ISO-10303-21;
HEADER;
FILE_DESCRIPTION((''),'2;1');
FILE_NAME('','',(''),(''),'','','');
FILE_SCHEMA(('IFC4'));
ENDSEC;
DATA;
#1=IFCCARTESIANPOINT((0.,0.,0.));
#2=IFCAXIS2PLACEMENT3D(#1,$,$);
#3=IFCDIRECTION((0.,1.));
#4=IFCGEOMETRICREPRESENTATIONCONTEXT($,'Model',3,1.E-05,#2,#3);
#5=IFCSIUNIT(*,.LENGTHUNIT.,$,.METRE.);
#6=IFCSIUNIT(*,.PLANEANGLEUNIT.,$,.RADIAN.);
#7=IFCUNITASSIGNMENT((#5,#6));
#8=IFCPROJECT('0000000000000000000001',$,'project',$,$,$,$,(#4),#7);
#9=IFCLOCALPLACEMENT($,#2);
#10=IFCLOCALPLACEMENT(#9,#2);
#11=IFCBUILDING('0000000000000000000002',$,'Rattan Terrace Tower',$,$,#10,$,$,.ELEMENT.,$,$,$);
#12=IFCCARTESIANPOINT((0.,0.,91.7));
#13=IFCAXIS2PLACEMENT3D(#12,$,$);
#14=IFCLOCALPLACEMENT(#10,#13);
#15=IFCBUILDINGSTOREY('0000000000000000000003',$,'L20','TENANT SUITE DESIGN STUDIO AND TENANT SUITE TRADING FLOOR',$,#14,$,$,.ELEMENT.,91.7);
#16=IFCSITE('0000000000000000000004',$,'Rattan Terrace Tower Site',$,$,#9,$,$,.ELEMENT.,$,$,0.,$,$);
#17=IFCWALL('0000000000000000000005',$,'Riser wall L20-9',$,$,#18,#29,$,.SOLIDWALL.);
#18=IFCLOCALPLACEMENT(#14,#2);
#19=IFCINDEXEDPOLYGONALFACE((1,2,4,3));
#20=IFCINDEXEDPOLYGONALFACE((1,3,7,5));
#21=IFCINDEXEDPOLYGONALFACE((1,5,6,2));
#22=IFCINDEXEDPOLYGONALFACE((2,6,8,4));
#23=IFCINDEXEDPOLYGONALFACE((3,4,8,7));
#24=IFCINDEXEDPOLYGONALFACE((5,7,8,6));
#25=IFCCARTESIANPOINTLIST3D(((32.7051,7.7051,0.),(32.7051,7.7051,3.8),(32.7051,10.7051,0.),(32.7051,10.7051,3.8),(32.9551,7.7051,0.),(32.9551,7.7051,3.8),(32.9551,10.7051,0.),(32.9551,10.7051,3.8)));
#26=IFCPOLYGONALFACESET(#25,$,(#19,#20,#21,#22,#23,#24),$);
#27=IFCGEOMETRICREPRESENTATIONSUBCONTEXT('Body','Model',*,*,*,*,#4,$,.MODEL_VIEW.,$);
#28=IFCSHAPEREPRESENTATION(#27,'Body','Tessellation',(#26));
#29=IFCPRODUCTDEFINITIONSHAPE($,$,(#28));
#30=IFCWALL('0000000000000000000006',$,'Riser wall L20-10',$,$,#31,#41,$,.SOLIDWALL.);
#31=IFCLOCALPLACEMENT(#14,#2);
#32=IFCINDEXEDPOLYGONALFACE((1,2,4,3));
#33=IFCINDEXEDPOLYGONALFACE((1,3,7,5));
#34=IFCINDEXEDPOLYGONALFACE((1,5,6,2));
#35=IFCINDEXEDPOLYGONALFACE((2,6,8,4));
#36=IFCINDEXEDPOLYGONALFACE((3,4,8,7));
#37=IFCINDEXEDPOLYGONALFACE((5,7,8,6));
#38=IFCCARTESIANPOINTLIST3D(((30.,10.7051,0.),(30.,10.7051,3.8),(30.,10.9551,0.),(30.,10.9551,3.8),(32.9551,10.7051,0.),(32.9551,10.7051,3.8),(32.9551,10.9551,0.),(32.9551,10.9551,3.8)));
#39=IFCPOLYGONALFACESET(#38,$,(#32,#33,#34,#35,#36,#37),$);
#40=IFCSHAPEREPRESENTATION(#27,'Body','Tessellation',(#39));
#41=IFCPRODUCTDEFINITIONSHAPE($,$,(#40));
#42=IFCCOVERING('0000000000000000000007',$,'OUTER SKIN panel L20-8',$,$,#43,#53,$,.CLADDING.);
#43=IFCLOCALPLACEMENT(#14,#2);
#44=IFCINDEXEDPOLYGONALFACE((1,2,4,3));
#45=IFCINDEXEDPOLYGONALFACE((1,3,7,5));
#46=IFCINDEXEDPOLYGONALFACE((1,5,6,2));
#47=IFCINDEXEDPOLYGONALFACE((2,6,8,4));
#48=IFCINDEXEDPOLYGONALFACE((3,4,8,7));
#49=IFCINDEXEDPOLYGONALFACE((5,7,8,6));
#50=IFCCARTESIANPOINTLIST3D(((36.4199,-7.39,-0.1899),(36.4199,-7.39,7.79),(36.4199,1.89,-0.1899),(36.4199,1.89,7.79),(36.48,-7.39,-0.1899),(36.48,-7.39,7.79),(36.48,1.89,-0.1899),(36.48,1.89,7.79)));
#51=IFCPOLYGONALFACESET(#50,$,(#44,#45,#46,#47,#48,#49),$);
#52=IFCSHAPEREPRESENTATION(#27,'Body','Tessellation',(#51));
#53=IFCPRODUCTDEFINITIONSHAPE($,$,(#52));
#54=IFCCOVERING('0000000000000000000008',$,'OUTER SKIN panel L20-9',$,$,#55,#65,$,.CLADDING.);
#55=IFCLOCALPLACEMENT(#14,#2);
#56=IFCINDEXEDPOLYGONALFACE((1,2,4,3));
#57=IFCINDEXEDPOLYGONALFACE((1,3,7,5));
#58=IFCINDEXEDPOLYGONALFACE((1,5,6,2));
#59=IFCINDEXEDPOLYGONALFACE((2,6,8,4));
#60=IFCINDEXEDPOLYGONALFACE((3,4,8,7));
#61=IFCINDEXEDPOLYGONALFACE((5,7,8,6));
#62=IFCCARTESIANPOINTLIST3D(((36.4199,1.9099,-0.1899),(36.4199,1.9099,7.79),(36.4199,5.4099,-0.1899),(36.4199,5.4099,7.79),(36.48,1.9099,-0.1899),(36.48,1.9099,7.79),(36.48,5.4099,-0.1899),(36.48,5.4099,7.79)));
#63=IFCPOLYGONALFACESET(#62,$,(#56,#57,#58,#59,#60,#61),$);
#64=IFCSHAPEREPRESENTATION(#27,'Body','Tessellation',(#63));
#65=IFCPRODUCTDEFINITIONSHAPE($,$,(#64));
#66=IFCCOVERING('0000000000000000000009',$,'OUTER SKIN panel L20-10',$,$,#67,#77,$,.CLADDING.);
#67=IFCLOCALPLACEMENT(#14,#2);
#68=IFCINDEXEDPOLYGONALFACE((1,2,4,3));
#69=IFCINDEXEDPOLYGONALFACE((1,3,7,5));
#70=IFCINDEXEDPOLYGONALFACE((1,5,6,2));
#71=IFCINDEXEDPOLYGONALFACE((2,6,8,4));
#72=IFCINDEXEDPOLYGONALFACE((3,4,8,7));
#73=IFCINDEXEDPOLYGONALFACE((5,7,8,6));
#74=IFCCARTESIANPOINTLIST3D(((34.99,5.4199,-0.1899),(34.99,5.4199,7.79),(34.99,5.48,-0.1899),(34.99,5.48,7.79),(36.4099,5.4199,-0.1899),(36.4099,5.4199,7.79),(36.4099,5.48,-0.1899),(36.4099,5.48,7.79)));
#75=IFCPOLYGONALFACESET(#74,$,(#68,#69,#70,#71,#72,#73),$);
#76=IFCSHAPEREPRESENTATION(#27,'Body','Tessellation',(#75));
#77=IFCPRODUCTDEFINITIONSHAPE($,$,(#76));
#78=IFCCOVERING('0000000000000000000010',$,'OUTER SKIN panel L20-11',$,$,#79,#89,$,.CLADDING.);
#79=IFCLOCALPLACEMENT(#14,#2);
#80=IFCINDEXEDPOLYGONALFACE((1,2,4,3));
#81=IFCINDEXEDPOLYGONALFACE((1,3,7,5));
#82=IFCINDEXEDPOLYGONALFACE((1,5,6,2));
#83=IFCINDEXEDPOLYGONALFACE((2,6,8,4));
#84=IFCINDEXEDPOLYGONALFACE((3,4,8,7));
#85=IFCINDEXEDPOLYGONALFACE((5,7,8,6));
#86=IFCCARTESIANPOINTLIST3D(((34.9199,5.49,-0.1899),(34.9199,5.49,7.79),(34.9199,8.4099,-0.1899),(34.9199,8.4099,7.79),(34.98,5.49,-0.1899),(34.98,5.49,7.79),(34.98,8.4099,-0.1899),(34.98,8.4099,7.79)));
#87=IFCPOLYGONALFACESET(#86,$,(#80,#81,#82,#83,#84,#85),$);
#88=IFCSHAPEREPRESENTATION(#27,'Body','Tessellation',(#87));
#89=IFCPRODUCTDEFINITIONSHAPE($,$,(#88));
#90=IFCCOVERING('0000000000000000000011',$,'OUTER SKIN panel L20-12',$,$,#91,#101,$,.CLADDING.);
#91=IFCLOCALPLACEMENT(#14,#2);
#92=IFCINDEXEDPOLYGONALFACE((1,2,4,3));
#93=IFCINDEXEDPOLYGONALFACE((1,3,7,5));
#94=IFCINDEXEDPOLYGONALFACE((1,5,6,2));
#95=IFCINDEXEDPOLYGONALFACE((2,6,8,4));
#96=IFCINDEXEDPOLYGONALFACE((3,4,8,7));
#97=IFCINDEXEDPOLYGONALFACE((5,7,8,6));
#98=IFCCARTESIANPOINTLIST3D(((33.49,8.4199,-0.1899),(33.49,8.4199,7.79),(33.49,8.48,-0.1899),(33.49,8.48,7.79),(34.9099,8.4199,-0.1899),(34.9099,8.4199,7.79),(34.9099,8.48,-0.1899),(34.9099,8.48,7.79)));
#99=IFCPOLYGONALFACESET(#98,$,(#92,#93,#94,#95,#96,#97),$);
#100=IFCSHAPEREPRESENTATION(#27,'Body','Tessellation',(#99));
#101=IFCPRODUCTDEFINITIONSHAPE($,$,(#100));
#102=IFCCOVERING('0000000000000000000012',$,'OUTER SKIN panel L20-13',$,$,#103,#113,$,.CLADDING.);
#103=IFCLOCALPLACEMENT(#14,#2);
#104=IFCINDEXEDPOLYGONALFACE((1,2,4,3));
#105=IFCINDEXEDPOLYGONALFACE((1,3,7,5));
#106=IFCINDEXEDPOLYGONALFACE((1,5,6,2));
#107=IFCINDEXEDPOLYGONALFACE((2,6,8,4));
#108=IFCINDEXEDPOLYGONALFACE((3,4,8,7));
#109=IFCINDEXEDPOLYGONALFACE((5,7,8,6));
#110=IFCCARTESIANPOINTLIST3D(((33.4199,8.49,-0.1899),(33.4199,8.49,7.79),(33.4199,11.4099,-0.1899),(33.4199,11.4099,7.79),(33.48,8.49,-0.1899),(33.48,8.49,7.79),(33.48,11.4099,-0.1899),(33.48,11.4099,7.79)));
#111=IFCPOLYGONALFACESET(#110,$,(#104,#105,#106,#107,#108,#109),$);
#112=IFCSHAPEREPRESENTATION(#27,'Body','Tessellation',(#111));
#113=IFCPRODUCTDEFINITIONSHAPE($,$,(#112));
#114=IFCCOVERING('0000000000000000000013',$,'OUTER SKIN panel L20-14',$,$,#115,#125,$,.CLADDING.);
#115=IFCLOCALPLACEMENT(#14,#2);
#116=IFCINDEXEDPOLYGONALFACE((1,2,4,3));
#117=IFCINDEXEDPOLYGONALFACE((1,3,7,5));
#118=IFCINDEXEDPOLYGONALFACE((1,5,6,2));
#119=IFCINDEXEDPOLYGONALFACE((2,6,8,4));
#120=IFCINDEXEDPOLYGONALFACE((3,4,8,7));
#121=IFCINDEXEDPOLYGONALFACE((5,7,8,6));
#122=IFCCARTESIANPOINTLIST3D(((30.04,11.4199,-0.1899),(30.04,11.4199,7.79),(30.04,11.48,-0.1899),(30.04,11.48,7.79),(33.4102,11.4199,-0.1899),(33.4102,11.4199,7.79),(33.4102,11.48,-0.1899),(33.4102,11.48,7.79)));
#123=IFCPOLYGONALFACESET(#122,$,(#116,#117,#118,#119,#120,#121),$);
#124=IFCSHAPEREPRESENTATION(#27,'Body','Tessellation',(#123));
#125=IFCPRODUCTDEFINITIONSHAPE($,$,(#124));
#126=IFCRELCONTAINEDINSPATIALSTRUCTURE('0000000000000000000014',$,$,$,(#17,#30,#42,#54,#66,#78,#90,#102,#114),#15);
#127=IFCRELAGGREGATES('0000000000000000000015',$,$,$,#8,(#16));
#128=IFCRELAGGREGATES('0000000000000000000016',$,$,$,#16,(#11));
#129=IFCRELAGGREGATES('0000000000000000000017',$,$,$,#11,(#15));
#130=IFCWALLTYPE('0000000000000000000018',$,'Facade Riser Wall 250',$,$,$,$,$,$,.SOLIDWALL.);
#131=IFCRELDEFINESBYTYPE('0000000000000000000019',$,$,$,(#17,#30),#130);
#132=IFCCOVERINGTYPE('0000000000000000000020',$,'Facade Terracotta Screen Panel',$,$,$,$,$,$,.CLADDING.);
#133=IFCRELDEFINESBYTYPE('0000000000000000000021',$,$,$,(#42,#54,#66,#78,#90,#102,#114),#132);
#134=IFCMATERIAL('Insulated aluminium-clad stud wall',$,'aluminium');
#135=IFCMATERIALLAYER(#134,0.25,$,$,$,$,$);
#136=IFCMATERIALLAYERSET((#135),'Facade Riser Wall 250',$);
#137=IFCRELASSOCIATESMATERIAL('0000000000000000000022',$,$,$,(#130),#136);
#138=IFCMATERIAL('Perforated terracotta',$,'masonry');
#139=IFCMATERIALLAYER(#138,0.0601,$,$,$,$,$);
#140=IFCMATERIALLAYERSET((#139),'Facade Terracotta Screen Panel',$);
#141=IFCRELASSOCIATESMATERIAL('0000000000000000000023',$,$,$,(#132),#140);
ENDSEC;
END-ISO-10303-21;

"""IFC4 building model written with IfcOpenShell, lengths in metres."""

from ifc_helpers import new_model, si_unit, direction, frame, frame_2d, origin, origin_2d, place, context, subcontext, project, spatial, rectangle, extrude, material, layer, layer_set, type_object, element, save


model = new_model("IFC4")

# Units and contexts
model_context = context("Model", 3, precision=1e-05, world=origin(), true_north=direction((0.0, 1.0)))
body_context = subcontext(model_context, "Body", "Model", "MODEL_VIEW")
ifc_project = project(units=[si_unit("LENGTHUNIT", "METRE"), si_unit("PLANEANGLEUNIT", "RADIAN")], contexts=[model_context])

# Site, building, storey
site_placement = place(None, origin())
site = spatial("IfcSite", under=ifc_project, at=site_placement, Name="Rattan Terrace Tower Site", CompositionType="ELEMENT", RefElevation=0.0)
building_placement = place(site_placement, origin())
building = spatial("IfcBuilding", under=site, at=building_placement, Name="Rattan Terrace Tower", CompositionType="ELEMENT")
storey_placement = place(building_placement, frame((0.0, 0.0, 91.7)))
storey = spatial("IfcBuildingStorey", under=building, at=storey_placement, Name="L20", Description="TENANT SUITE DESIGN STUDIO AND TENANT SUITE TRADING FLOOR", CompositionType="ELEMENT", Elevation=91.7)

# Walls
ifc_material_1 = material(Name="Insulated aluminium-clad stud wall", Category="aluminium")
ifc_layer_1 = layer(ifc_material_1, 0.25)
ifc_layer_set_1 = layer_set([ifc_layer_1], Name="Facade Riser Wall 250")
wall_type = type_object("IfcWallType", Name="Facade Riser Wall 250", PredefinedType="SOLIDWALL", material=ifc_layer_set_1)
wall_1_placement = place(storey_placement, frame((32.8301, 7.7051, 0.0), z_axis=(0.0, 0.0, 1.0), x_axis=(0.0, 1.0, 0.0)))
element("IfcWall", 1, at=wall_1_placement, inside=storey, type_object=wall_type, Name="Riser wall L20-9", PredefinedType="SOLIDWALL", context=body_context, shape_type="SweptSolid", body=[
    extrude(rectangle(XDim=3.0, YDim=0.25, at=frame_2d((1.5, 0.0))), origin(), (0.0, 0.0, 1.0), 3.8),
])
wall_2_placement = place(storey_placement, frame((32.9551, 10.8301, 0.0), z_axis=(0.0, 0.0, 1.0), x_axis=(-1.0, 0.0, 0.0)))
element("IfcWall", 2, at=wall_2_placement, inside=storey, type_object=wall_type, Name="Riser wall L20-10", PredefinedType="SOLIDWALL", context=body_context, shape_type="SweptSolid", body=[
    extrude(rectangle(XDim=2.9551, YDim=0.25, at=frame_2d((1.4775, 0.0))), origin(), (0.0, 0.0, 1.0), 3.8),
])

# Coverings
ifc_material_2 = material(Name="Perforated terracotta", Category="masonry")
ifc_layer_2 = layer(ifc_material_2, 0.0601)
ifc_layer_set_2 = layer_set([ifc_layer_2], Name="Facade Terracotta Screen Panel")
covering_type = type_object("IfcCoveringType", Name="Facade Terracotta Screen Panel", PredefinedType="CLADDING", material=ifc_layer_set_2)
covering_1_placement = place(storey_placement, frame((36.45, -2.75, -0.1899), z_axis=(0.0, 0.0, 1.0), x_axis=(0.0, 1.0, 0.0)))
element("IfcCovering", 3, at=covering_1_placement, inside=storey, type_object=covering_type, Name="OUTER SKIN panel L20-8", PredefinedType="CLADDING", context=body_context, shape_type="SweptSolid", body=[
    extrude(rectangle(XDim=9.28, YDim=0.0601, at=origin_2d()), origin(), (0.0, 0.0, 1.0), 7.98),
])
covering_2_placement = place(storey_placement, frame((36.45, 3.6599, -0.1899), z_axis=(0.0, 0.0, 1.0), x_axis=(0.0, 1.0, 0.0)))
element("IfcCovering", 4, at=covering_2_placement, inside=storey, type_object=covering_type, Name="OUTER SKIN panel L20-9", PredefinedType="CLADDING", context=body_context, shape_type="SweptSolid", body=[
    extrude(rectangle(XDim=3.5, YDim=0.0601, at=origin_2d()), origin(), (0.0, 0.0, 1.0), 7.98),
])
covering_3_placement = place(storey_placement, frame((35.7, 5.45, -0.1899), z_axis=(0.0, 0.0, 1.0), x_axis=(-1.0, 0.0, 0.0)))
element("IfcCovering", 5, at=covering_3_placement, inside=storey, type_object=covering_type, Name="OUTER SKIN panel L20-10", PredefinedType="CLADDING", context=body_context, shape_type="SweptSolid", body=[
    extrude(rectangle(XDim=1.4199, YDim=0.0601, at=origin_2d()), origin(), (0.0, 0.0, 1.0), 7.98),
])
covering_4_placement = place(storey_placement, frame((34.95, 6.95, -0.1899), z_axis=(0.0, 0.0, 1.0), x_axis=(0.0, 1.0, 0.0)))
element("IfcCovering", 6, at=covering_4_placement, inside=storey, type_object=covering_type, Name="OUTER SKIN panel L20-11", PredefinedType="CLADDING", context=body_context, shape_type="SweptSolid", body=[
    extrude(rectangle(XDim=2.9199, YDim=0.0601, at=origin_2d()), origin(), (0.0, 0.0, 1.0), 7.98),
])
covering_5_placement = place(storey_placement, frame((34.2, 8.45, -0.1899), z_axis=(0.0, 0.0, 1.0), x_axis=(-1.0, 0.0, 0.0)))
element("IfcCovering", 7, at=covering_5_placement, inside=storey, type_object=covering_type, Name="OUTER SKIN panel L20-12", PredefinedType="CLADDING", context=body_context, shape_type="SweptSolid", body=[
    extrude(rectangle(XDim=1.4199, YDim=0.0601, at=origin_2d()), origin(), (0.0, 0.0, 1.0), 7.98),
])
covering_6_placement = place(storey_placement, frame((33.45, 9.95, -0.1899), z_axis=(0.0, 0.0, 1.0), x_axis=(0.0, 1.0, 0.0)))
element("IfcCovering", 8, at=covering_6_placement, inside=storey, type_object=covering_type, Name="OUTER SKIN panel L20-13", PredefinedType="CLADDING", context=body_context, shape_type="SweptSolid", body=[
    extrude(rectangle(XDim=2.9199, YDim=0.0601, at=origin_2d()), origin(), (0.0, 0.0, 1.0), 7.98),
])
covering_7_placement = place(storey_placement, frame((31.7251, 11.45, -0.1899), z_axis=(0.0, 0.0, 1.0), x_axis=(-1.0, 0.0, 0.0)))
element("IfcCovering", 9, at=covering_7_placement, inside=storey, type_object=covering_type, Name="OUTER SKIN panel L20-14", PredefinedType="CLADDING", context=body_context, shape_type="SweptSolid", body=[
    extrude(rectangle(XDim=3.3701, YDim=0.0601, at=origin_2d()), origin(), (0.0, 0.0, 1.0), 7.98),
])

save(model, "model.ifc")
